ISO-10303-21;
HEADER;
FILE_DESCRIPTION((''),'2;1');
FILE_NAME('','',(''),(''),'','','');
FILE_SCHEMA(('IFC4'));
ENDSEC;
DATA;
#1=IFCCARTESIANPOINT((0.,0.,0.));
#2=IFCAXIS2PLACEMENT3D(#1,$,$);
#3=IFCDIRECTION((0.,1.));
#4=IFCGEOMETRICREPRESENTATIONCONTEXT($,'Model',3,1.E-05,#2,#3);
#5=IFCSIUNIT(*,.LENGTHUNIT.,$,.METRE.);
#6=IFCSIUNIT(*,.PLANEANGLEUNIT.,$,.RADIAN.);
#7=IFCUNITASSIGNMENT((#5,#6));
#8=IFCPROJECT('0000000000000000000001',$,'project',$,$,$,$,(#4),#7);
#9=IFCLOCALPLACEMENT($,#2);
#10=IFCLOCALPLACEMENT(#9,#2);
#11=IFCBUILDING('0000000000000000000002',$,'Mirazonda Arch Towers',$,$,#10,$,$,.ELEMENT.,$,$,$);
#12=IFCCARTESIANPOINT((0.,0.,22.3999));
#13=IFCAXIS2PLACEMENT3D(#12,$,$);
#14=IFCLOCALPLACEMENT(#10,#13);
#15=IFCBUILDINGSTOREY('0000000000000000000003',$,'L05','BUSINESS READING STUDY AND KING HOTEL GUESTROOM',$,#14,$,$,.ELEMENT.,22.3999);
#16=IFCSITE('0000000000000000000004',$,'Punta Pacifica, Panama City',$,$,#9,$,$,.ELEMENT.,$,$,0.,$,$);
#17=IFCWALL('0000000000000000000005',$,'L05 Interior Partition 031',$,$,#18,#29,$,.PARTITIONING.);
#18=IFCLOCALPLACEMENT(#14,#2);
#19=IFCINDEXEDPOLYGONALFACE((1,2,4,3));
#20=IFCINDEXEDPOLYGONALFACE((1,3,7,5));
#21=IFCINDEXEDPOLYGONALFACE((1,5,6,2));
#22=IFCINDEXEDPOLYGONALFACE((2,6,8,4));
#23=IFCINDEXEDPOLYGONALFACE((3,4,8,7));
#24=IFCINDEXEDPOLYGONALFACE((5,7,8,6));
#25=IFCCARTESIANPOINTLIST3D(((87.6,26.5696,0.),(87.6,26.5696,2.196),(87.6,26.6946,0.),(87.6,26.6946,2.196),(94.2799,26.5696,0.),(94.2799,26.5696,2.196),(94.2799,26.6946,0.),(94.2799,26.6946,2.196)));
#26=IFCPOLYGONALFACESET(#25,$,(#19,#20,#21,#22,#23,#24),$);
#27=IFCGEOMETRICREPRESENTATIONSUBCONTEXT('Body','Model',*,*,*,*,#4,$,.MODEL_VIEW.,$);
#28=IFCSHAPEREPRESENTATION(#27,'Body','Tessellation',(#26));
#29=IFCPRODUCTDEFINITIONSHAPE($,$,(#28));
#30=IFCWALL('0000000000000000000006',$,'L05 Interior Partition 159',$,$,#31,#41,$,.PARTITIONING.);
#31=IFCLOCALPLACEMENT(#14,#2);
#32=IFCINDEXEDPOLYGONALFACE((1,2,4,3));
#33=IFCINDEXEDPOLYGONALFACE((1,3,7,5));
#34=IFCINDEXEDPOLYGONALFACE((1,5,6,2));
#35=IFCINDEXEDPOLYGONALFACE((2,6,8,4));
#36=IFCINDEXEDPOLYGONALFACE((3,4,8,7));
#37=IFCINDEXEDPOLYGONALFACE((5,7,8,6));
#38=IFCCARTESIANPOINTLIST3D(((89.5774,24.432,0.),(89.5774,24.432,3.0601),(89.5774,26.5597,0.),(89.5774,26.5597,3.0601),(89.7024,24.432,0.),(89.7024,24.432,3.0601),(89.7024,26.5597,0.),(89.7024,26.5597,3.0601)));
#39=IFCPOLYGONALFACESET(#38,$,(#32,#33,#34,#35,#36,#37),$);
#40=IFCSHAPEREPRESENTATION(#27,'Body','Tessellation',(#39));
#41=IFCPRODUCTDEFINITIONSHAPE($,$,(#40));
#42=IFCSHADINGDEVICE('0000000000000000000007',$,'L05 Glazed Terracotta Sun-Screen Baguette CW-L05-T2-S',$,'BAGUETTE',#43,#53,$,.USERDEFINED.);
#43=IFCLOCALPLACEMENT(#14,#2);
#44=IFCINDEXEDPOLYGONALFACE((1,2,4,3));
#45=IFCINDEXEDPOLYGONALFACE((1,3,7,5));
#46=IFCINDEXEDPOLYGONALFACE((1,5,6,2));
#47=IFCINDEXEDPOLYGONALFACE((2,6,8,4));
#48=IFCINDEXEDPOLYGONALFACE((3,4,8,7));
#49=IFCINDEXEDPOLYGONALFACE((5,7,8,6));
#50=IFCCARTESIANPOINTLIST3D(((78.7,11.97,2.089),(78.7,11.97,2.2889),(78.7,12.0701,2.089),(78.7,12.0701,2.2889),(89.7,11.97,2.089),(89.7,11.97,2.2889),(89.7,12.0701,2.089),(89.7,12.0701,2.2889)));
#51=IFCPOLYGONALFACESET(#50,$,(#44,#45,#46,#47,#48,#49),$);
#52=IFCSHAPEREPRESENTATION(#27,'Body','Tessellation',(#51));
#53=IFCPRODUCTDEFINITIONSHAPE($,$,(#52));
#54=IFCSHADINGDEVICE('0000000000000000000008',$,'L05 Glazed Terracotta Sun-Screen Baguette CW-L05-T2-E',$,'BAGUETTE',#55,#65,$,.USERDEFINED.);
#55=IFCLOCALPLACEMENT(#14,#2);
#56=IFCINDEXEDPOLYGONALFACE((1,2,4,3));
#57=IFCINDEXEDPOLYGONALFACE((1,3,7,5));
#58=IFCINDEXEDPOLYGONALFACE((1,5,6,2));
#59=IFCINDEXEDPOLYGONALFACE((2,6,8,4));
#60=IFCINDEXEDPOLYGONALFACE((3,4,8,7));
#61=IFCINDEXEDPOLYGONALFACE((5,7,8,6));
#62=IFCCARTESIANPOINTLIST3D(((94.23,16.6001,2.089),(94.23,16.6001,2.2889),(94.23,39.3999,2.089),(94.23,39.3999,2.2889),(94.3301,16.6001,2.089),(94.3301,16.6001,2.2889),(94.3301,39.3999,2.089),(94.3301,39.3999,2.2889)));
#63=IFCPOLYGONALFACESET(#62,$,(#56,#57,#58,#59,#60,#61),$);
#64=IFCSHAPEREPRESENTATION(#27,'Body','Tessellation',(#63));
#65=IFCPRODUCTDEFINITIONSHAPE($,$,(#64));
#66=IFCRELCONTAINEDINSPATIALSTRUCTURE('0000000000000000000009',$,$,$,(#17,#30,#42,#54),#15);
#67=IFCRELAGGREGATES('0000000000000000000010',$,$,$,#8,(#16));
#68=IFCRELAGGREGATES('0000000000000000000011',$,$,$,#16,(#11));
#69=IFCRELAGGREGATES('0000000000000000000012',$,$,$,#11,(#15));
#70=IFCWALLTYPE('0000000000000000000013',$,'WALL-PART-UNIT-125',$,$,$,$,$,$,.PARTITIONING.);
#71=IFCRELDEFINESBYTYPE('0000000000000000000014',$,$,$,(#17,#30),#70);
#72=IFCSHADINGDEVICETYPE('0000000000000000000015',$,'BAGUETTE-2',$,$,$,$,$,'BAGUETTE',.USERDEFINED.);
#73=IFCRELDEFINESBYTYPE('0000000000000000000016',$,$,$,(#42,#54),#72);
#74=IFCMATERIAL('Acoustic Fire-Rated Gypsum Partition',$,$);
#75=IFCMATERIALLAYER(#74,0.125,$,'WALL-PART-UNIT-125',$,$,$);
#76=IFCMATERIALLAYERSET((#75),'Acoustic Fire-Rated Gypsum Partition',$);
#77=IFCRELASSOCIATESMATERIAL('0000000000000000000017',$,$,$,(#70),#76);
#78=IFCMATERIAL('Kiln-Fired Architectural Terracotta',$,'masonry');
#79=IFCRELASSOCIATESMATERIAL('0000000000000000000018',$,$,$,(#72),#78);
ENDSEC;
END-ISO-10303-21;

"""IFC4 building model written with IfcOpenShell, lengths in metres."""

from ifc_helpers import new_model, si_unit, direction, frame, frame_2d, origin, origin_2d, place, context, subcontext, project, spatial, rectangle, extrude, material, layer, layer_set, material_profile, profile_set, type_object, element, save


model = new_model("IFC4")

# Units and contexts
model_context = context("Model", 3, precision=1e-05, world=origin(), true_north=direction((0.0, 1.0)))
body_context = subcontext(model_context, "Body", "Model", "MODEL_VIEW")
ifc_project = project(units=[si_unit("LENGTHUNIT", "METRE"), si_unit("PLANEANGLEUNIT", "RADIAN")], contexts=[model_context])

# Site, building, storey
site_placement = place(None, origin())
site = spatial("IfcSite", under=ifc_project, at=site_placement, Name="Punta Pacifica, Panama City", CompositionType="ELEMENT", RefElevation=0.0)
building_placement = place(site_placement, origin())
building = spatial("IfcBuilding", under=site, at=building_placement, Name="Mirazonda Arch Towers", CompositionType="ELEMENT")
storey_placement = place(building_placement, frame((0.0, 0.0, 22.3999)))
storey = spatial("IfcBuildingStorey", under=building, at=storey_placement, Name="L05", Description="BUSINESS READING STUDY AND KING HOTEL GUESTROOM", CompositionType="ELEMENT", Elevation=22.3999)

# Walls
ifc_material_1 = material(Name="Acoustic Fire-Rated Gypsum Partition")
ifc_layer_1 = layer(ifc_material_1, 0.125, Name="WALL-PART-UNIT-125")
ifc_layer_set_1 = layer_set([ifc_layer_1], Name="Acoustic Fire-Rated Gypsum Partition")
wall_type_1 = type_object("IfcWallType", Name="WALL-PART-UNIT-125", PredefinedType="PARTITIONING", material=ifc_layer_set_1)
wall_1_placement = place(storey_placement, frame((87.6001, 26.6321, 0.0), z_axis=(0.0, 0.0, 1.0), x_axis=(1.0, 0.0, 0.0)))
element("IfcWall", 1, at=wall_1_placement, inside=storey, type_object=wall_type_1, Name="L05 Interior Partition 031", PredefinedType="PARTITIONING", context=body_context, shape_type="SweptSolid", body=[
    extrude(rectangle(XDim=6.6799, YDim=0.125, at=frame_2d((3.3398, 0.0))), origin(), (0.0, 0.0, 1.0), 2.196),
])
wall_2_placement = place(storey_placement, frame((89.6399, 24.4319, 0.0), z_axis=(0.0, 0.0, 1.0), x_axis=(0.0, 1.0, 0.0)))
element("IfcWall", 2, at=wall_2_placement, inside=storey, type_object=wall_type_1, Name="L05 Interior Partition 159", PredefinedType="PARTITIONING", context=body_context, shape_type="SweptSolid", body=[
    extrude(rectangle(XDim=2.1277, YDim=0.125, at=frame_2d((1.064, 0.0))), origin(), (0.0, 0.0, 1.0), 3.0601),
])

# Shading devices
ifc_material_2 = material(Name="Kiln-Fired Architectural Terracotta", Category="masonry")
ifc_material_profile_1 = material_profile(ifc_material_2, rectangle(XDim=0.1001, YDim=0.2, at=origin_2d()), Name="TERRA-BAG-100x200")
ifc_profile_set_1 = profile_set([ifc_material_profile_1], Name="Kiln-Fired Architectural Terracotta")
shading_device_type = type_object("IfcShadingDeviceType", Name="BAGUETTE-2", ElementType="BAGUETTE", PredefinedType="USERDEFINED", material=ifc_profile_set_1)
shading_device_1_placement = place(storey_placement, frame((89.7, 12.02, 2.189), z_axis=(-1.0, 0.0, 0.0), x_axis=(0.0, -1.0, 0.0)))
element("IfcShadingDevice", 3, at=shading_device_1_placement, inside=storey, type_object=shading_device_type, Name="L05 Glazed Terracotta Sun-Screen Baguette CW-L05-T2-S", ObjectType="BAGUETTE", PredefinedType="USERDEFINED", context=body_context, shape_type="SweptSolid", body=[
    extrude(rectangle(XDim=0.1001, YDim=0.2, at=origin_2d()), origin(), (0.0, 0.0, 1.0), 11.0),
])
shading_device_2_placement = place(storey_placement, frame((94.28, 16.6001, 2.189), z_axis=(0.0, 1.0, 0.0), x_axis=(-1.0, 0.0, 0.0)))
element("IfcShadingDevice", 4, at=shading_device_2_placement, inside=storey, type_object=shading_device_type, Name="L05 Glazed Terracotta Sun-Screen Baguette CW-L05-T2-E", ObjectType="BAGUETTE", PredefinedType="USERDEFINED", context=body_context, shape_type="SweptSolid", body=[
    extrude(rectangle(XDim=0.1001, YDim=0.2, at=origin_2d()), origin(), (0.0, 0.0, 1.0), 22.7998),
])

save(model, "model.ifc")
